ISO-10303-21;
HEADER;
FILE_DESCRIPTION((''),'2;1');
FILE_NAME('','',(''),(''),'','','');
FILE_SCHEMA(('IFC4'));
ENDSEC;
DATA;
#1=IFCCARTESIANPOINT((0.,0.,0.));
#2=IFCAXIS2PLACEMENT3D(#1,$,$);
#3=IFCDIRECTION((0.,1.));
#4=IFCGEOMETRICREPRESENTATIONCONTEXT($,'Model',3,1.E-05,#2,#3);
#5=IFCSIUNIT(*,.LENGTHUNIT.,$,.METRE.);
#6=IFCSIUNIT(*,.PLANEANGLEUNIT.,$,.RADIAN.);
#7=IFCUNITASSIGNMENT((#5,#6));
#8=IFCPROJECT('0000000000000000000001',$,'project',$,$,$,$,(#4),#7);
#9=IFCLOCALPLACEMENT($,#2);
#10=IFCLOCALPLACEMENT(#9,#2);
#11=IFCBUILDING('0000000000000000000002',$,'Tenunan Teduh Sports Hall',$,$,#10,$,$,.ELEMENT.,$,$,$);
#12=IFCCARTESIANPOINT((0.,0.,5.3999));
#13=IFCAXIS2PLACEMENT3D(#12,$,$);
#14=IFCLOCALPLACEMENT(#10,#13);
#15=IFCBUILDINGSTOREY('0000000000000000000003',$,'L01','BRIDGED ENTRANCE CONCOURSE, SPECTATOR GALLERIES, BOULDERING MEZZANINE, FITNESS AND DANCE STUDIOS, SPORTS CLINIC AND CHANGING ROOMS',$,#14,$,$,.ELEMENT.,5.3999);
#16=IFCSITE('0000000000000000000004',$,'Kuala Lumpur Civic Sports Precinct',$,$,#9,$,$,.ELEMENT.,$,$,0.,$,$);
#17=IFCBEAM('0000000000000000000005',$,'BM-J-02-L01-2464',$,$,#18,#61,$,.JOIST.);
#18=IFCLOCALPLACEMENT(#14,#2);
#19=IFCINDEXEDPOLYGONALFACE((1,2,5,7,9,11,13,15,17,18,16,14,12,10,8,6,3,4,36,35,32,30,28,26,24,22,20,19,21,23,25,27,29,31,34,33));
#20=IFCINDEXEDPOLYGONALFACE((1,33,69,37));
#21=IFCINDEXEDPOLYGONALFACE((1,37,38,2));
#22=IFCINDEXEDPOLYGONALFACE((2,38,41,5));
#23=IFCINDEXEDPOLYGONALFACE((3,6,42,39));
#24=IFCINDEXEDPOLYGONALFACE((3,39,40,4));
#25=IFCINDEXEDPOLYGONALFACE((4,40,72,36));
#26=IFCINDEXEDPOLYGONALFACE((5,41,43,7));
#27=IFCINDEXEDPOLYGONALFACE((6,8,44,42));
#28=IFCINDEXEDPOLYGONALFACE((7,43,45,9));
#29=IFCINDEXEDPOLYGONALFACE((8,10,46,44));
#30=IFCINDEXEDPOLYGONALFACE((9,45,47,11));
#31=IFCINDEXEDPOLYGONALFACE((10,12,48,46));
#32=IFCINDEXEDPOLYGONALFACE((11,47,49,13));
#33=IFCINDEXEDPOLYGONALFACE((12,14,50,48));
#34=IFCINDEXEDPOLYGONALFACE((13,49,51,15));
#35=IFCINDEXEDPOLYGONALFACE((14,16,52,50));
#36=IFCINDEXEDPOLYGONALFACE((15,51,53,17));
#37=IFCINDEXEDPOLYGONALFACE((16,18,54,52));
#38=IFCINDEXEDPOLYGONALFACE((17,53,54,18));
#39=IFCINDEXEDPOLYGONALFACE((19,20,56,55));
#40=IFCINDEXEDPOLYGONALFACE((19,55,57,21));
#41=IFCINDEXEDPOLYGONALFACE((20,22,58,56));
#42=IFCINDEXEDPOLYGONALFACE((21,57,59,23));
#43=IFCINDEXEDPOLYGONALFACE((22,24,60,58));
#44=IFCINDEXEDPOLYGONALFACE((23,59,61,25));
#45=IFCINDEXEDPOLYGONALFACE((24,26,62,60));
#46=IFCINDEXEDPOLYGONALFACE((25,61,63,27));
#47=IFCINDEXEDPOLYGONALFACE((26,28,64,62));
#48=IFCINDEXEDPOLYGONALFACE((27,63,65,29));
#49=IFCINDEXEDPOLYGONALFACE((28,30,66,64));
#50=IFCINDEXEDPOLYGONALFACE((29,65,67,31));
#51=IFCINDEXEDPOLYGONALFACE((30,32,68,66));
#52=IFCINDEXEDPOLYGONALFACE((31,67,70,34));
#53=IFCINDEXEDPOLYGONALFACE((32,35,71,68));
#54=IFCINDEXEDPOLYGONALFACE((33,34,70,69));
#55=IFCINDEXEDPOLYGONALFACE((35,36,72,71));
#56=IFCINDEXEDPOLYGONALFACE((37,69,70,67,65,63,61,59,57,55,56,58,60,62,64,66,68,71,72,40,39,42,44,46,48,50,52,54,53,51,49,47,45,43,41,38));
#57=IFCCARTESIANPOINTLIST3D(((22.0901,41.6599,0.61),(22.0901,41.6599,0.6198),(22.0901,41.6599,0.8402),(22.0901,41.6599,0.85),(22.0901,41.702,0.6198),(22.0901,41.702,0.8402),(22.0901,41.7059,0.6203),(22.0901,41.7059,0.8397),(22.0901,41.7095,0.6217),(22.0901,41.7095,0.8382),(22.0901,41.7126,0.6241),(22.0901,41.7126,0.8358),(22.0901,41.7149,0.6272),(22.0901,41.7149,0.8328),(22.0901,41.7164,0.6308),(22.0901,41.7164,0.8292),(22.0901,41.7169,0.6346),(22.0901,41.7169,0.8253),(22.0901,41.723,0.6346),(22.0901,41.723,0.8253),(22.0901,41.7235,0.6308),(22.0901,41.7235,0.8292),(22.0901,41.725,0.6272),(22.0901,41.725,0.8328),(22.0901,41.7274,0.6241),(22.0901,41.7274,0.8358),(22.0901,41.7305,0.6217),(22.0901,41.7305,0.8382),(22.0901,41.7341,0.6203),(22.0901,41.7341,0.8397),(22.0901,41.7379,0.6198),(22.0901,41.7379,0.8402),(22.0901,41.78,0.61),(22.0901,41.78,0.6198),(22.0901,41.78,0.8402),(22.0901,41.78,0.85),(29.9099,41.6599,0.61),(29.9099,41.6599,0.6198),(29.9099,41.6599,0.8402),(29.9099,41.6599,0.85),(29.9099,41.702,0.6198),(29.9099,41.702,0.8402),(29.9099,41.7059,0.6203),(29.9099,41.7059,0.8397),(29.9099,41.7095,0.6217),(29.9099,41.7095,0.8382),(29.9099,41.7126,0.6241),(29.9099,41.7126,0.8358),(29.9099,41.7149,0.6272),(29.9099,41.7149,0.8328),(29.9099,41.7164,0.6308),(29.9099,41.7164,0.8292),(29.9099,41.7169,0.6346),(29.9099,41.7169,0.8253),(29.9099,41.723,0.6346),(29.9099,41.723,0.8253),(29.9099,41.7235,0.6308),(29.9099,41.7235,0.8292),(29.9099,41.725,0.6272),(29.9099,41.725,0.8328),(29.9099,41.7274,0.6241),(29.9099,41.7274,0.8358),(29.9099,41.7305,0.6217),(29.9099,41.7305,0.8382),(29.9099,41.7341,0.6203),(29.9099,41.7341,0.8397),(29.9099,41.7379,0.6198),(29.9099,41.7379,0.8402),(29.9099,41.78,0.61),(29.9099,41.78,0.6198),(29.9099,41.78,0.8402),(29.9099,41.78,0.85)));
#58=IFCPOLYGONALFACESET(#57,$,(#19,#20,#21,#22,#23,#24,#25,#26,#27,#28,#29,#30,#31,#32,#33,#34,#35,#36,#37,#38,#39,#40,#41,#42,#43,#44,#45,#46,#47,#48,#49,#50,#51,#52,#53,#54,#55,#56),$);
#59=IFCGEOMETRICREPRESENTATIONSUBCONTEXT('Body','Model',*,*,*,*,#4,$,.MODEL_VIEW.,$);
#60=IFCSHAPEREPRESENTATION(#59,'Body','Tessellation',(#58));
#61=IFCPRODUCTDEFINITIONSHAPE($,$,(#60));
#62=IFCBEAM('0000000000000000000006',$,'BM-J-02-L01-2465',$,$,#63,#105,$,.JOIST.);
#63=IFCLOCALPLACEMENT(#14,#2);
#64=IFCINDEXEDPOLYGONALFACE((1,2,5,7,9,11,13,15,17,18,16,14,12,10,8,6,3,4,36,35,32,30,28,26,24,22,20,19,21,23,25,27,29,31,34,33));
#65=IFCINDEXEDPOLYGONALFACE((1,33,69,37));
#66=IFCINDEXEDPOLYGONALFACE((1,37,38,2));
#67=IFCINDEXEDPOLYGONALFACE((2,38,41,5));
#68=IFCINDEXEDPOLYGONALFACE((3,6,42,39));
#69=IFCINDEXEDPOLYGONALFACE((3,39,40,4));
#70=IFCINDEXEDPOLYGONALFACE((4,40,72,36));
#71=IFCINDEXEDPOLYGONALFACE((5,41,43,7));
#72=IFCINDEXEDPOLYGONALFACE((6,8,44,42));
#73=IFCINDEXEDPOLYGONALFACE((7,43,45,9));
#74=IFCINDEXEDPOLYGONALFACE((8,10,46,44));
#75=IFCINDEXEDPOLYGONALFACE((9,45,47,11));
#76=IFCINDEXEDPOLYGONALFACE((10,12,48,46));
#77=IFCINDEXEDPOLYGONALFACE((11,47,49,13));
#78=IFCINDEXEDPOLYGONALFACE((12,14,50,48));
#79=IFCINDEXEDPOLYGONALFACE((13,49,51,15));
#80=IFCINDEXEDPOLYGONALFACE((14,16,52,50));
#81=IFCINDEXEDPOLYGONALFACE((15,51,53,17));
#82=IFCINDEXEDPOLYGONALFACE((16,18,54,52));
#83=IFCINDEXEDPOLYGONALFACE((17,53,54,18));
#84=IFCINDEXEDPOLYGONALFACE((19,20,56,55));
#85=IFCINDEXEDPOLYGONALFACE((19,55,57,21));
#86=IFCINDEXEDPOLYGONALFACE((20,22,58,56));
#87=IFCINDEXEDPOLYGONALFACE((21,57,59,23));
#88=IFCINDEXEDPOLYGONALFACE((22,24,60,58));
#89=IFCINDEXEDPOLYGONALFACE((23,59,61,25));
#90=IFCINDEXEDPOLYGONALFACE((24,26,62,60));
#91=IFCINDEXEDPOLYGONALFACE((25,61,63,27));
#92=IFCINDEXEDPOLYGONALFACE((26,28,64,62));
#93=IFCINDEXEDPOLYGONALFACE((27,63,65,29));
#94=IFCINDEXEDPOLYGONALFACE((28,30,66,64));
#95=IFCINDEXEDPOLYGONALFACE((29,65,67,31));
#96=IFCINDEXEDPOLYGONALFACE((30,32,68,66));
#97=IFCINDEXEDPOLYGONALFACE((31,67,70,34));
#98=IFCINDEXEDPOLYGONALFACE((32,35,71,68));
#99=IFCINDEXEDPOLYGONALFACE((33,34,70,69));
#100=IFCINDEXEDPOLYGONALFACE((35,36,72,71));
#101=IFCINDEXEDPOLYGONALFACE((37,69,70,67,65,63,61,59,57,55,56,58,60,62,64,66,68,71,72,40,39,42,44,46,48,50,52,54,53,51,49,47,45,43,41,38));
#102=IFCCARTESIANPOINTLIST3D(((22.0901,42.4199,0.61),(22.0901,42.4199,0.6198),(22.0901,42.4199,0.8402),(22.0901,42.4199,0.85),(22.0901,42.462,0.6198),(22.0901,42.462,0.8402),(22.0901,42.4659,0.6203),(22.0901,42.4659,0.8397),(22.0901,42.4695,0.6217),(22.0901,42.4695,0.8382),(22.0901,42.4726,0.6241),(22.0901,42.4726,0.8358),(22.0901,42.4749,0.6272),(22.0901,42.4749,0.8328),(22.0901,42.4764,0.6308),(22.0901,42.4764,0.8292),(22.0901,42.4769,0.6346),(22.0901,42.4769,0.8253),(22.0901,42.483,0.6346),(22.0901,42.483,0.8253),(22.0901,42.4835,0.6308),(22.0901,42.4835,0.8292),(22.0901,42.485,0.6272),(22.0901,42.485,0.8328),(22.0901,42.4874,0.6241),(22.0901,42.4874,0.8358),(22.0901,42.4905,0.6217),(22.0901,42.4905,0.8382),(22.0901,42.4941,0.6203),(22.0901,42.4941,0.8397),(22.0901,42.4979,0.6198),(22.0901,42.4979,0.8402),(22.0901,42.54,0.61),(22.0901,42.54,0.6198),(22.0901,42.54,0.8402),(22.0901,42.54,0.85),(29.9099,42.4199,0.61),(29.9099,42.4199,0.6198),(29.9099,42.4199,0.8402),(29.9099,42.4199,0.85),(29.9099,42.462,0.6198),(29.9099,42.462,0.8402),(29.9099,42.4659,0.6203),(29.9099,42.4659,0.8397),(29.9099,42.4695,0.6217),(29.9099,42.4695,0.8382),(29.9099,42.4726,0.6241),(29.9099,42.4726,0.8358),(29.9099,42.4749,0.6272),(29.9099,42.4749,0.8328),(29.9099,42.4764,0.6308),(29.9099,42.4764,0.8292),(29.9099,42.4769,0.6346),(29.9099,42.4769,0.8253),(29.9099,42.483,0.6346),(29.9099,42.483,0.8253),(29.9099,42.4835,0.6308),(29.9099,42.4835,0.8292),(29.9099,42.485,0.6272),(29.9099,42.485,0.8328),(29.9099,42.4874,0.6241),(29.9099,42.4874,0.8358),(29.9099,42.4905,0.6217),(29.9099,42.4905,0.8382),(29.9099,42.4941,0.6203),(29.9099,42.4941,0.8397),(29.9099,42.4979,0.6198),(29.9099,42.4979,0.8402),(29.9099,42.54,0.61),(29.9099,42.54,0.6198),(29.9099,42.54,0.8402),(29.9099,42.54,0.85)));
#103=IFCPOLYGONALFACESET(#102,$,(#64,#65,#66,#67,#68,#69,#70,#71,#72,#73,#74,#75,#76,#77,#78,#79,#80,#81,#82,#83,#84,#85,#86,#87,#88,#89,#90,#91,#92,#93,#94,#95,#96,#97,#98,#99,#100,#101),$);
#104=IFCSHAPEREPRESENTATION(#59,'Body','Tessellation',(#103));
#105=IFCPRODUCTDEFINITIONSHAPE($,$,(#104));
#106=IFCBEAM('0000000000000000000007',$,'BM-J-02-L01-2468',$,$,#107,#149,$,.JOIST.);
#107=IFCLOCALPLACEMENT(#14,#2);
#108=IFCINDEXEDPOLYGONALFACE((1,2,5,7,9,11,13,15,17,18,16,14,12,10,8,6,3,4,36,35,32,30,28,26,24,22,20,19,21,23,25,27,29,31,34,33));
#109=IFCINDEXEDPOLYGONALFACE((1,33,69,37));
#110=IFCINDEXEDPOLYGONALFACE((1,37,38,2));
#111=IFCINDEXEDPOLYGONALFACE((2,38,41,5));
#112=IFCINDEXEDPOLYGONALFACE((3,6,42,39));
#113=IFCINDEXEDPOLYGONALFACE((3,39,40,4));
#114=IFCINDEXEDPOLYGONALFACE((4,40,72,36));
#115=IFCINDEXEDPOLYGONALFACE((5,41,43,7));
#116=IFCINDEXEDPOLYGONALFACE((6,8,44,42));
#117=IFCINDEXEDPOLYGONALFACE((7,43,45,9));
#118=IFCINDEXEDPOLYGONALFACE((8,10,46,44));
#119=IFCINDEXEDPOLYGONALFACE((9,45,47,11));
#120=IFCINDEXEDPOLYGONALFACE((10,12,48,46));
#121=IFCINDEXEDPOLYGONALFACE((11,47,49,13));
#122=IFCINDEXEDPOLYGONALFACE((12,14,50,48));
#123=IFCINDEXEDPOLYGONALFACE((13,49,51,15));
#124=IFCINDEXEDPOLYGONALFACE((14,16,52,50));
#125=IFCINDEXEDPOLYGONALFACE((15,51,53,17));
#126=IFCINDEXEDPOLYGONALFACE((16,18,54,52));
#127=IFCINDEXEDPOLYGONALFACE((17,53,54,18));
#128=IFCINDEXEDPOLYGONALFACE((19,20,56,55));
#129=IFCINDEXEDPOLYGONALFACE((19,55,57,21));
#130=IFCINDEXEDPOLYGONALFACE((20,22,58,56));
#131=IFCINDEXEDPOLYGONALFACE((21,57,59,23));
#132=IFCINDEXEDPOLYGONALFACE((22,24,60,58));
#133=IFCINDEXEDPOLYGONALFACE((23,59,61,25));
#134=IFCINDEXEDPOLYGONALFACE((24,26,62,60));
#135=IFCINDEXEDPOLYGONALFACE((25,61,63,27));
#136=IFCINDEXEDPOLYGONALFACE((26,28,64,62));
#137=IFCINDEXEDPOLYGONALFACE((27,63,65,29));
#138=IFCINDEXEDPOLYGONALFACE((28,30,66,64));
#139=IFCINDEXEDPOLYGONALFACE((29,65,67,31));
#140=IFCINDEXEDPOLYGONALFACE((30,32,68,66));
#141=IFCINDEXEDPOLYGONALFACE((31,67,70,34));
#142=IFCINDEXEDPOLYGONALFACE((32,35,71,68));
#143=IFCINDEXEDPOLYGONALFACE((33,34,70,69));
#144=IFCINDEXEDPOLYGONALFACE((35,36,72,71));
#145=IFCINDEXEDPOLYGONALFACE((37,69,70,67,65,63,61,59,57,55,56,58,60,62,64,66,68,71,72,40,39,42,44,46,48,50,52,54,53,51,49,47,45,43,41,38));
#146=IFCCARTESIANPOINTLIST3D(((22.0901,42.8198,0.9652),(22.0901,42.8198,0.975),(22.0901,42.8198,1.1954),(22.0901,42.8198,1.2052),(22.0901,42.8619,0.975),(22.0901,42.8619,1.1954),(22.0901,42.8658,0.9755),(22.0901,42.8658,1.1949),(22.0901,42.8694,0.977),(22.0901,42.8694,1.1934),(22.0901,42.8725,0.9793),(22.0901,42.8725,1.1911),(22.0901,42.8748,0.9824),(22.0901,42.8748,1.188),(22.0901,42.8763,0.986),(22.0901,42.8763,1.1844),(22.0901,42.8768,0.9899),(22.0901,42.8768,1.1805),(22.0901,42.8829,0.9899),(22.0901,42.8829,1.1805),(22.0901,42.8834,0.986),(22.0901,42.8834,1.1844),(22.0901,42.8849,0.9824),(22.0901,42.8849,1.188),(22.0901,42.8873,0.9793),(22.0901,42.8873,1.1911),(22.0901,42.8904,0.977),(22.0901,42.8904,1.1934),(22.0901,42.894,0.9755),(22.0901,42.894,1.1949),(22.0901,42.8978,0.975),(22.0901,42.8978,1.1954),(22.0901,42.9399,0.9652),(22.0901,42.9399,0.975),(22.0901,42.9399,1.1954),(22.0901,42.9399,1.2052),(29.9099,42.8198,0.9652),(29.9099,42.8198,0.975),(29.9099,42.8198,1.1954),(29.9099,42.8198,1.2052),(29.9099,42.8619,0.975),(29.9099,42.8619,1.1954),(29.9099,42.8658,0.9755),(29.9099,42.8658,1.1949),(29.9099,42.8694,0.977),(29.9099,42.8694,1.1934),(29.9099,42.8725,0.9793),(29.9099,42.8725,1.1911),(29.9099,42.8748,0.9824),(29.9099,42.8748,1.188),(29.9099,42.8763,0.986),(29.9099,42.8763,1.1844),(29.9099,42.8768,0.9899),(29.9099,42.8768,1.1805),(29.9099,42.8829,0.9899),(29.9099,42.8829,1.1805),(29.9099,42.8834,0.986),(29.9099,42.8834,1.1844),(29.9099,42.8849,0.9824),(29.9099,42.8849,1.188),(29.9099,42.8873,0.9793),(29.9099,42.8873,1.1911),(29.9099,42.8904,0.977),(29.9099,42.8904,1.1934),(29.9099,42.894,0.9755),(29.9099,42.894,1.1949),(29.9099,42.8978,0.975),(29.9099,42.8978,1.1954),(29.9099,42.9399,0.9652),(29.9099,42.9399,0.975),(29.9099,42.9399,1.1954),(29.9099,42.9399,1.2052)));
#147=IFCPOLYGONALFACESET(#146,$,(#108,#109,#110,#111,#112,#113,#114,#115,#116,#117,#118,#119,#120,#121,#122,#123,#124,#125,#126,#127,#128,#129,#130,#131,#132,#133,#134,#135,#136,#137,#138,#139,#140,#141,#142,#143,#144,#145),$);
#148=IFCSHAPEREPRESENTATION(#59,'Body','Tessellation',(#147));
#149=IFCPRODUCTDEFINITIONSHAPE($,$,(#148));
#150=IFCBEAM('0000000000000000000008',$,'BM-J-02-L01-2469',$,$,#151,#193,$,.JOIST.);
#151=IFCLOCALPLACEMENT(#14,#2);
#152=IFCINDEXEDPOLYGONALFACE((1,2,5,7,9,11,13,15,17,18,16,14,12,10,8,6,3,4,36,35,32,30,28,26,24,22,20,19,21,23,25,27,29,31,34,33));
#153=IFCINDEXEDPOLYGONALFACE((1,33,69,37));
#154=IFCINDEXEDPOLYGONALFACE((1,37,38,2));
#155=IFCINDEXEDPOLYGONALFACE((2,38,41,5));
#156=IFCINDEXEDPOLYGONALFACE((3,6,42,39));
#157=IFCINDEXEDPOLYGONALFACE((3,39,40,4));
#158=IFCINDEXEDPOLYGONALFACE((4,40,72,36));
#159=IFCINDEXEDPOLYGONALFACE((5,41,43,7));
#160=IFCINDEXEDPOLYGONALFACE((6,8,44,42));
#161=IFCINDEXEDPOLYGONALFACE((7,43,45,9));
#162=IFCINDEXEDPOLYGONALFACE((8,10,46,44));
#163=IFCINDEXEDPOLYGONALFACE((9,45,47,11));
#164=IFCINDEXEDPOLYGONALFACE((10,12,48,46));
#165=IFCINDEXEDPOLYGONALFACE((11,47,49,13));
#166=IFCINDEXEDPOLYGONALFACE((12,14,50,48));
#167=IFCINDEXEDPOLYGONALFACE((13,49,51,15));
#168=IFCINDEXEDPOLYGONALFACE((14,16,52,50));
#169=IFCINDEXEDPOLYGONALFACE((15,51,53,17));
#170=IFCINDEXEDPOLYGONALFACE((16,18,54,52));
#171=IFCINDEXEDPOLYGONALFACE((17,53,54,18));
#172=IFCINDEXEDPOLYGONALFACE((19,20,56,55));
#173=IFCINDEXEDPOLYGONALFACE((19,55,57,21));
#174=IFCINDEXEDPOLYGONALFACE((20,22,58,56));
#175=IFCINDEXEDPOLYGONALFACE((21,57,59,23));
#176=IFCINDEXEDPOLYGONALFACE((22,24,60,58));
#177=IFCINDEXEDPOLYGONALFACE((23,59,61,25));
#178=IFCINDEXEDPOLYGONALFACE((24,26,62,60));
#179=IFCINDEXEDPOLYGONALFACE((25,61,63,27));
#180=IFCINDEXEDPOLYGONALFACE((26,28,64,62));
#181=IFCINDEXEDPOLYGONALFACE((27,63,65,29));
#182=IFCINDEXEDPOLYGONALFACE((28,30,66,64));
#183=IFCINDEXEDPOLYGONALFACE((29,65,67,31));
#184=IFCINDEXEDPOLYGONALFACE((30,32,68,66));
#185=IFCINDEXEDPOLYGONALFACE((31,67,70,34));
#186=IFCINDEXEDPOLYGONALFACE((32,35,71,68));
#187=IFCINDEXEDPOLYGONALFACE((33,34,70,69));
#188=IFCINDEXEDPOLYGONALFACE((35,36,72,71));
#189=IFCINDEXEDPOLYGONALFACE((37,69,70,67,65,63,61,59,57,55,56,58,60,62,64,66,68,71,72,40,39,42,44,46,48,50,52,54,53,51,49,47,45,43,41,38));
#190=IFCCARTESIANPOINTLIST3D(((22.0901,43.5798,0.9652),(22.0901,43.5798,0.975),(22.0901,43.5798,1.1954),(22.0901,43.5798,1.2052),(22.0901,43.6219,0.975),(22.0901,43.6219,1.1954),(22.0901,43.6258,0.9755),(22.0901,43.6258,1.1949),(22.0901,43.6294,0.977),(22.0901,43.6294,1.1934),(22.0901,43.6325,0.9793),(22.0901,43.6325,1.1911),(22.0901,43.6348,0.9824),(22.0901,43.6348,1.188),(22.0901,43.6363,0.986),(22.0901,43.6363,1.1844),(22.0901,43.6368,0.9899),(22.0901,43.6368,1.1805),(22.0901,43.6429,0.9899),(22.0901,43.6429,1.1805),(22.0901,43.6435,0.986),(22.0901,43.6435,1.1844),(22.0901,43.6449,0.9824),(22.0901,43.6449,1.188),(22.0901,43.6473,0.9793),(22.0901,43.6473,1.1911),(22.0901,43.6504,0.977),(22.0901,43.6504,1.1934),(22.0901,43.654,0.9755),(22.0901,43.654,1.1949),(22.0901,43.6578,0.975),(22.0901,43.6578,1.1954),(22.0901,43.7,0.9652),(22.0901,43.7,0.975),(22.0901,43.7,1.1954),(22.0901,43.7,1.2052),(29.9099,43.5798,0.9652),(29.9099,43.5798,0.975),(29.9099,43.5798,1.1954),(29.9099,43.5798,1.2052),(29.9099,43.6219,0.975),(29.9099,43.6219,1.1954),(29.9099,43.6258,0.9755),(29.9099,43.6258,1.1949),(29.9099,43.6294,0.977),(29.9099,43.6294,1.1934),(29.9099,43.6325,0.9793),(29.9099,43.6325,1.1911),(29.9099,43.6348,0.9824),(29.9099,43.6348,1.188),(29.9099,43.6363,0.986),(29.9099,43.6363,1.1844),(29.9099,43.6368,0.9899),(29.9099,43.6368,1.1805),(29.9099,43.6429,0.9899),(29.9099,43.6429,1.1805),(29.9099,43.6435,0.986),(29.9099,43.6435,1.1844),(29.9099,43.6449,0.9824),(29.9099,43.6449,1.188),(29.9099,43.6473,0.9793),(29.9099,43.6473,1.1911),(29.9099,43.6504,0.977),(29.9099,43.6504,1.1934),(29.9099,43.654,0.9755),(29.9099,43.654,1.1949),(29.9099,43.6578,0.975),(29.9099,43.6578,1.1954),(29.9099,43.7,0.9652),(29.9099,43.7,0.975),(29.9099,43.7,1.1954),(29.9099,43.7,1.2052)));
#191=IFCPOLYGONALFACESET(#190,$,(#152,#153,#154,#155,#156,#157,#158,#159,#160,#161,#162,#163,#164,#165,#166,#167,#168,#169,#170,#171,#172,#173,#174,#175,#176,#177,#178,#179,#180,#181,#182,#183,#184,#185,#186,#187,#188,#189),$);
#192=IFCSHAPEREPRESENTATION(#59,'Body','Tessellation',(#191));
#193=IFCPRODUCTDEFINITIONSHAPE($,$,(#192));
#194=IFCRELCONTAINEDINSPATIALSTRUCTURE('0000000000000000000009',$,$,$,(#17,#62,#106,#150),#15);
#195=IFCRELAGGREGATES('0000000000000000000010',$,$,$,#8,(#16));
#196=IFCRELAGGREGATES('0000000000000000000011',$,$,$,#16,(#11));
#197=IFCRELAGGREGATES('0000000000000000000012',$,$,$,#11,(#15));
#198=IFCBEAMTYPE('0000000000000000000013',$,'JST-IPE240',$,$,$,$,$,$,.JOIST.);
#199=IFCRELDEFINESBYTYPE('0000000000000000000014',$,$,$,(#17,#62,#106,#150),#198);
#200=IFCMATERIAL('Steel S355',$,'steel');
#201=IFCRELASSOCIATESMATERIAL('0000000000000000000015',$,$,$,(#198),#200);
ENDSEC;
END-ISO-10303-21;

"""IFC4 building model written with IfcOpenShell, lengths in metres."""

from ifc_helpers import new_model, si_unit, direction, frame, origin, origin_2d, place, context, subcontext, project, spatial, i_section, extrude, material, material_profile, profile_set, type_object, element, save


model = new_model("IFC4")

# Units and contexts
model_context = context("Model", 3, precision=1e-05, world=origin(), true_north=direction((0.0, 1.0)))
body_context = subcontext(model_context, "Body", "Model", "MODEL_VIEW")
ifc_project = project(units=[si_unit("LENGTHUNIT", "METRE"), si_unit("PLANEANGLEUNIT", "RADIAN")], contexts=[model_context])

# Site, building, storey
site_placement = place(None, origin())
site = spatial("IfcSite", under=ifc_project, at=site_placement, Name="Kuala Lumpur Civic Sports Precinct", CompositionType="ELEMENT", RefElevation=0.0)
building_placement = place(site_placement, origin())
building = spatial("IfcBuilding", under=site, at=building_placement, Name="Tenunan Teduh Sports Hall", CompositionType="ELEMENT")
storey_placement = place(building_placement, frame((0.0, 0.0, 5.3999)))
storey = spatial("IfcBuildingStorey", under=building, at=storey_placement, Name="L01", Description="BRIDGED ENTRANCE CONCOURSE, SPECTATOR GALLERIES, BOULDERING MEZZANINE, FITNESS AND DANCE STUDIOS, SPORTS CLINIC AND CHANGING ROOMS", CompositionType="ELEMENT", Elevation=5.3999)

# Beams
ifc_material_1 = material(Name="Steel S355", Category="steel")
ifc_material_profile_1 = material_profile(ifc_material_1, i_section(OverallWidth=0.1201, OverallDepth=0.24, WebThickness=0.0061, FlangeThickness=0.0098, FilletRadius=0.0149, at=origin_2d()), Name="IPE 240")
ifc_profile_set_1 = profile_set([ifc_material_profile_1], Name="Steel S355")
beam_type_1 = type_object("IfcBeamType", Name="JST-IPE240", PredefinedType="JOIST", material=ifc_profile_set_1)
for number, where, z_axis, x_axis, name in (
    (1, (22.0901, 41.72, 0.73), (1.0, 0.0, 0.0), (0.0, 1.0, 0.0), "BM-J-02-L01-2464"),
    (2, (22.0901, 42.48, 0.73), (1.0, 0.0, 0.0), (0.0, 1.0, 0.0), "BM-J-02-L01-2465"),
    (3, (22.0901, 42.8799, 1.0852), (1.0, 0.0, 0.0), (0.0, 1.0, 0.0), "BM-J-02-L01-2468"),
    (4, (22.0901, 43.6399, 1.0852), (1.0, 0.0, 0.0), (0.0, 1.0, 0.0), "BM-J-02-L01-2469"),
):
    element("IfcBeam", number, at=place(storey_placement, frame(where, z_axis=z_axis, x_axis=x_axis)), inside=storey, type_object=beam_type_1, Name=name, PredefinedType="JOIST", context=body_context, shape_type="SweptSolid", body=[
        extrude(i_section(OverallWidth=0.1201, OverallDepth=0.24, WebThickness=0.0061, FlangeThickness=0.0098, FilletRadius=0.0149, at=origin_2d()), origin(), (0.0, 0.0, 1.0), 7.8198),
    ])

save(model, "model.ifc")
